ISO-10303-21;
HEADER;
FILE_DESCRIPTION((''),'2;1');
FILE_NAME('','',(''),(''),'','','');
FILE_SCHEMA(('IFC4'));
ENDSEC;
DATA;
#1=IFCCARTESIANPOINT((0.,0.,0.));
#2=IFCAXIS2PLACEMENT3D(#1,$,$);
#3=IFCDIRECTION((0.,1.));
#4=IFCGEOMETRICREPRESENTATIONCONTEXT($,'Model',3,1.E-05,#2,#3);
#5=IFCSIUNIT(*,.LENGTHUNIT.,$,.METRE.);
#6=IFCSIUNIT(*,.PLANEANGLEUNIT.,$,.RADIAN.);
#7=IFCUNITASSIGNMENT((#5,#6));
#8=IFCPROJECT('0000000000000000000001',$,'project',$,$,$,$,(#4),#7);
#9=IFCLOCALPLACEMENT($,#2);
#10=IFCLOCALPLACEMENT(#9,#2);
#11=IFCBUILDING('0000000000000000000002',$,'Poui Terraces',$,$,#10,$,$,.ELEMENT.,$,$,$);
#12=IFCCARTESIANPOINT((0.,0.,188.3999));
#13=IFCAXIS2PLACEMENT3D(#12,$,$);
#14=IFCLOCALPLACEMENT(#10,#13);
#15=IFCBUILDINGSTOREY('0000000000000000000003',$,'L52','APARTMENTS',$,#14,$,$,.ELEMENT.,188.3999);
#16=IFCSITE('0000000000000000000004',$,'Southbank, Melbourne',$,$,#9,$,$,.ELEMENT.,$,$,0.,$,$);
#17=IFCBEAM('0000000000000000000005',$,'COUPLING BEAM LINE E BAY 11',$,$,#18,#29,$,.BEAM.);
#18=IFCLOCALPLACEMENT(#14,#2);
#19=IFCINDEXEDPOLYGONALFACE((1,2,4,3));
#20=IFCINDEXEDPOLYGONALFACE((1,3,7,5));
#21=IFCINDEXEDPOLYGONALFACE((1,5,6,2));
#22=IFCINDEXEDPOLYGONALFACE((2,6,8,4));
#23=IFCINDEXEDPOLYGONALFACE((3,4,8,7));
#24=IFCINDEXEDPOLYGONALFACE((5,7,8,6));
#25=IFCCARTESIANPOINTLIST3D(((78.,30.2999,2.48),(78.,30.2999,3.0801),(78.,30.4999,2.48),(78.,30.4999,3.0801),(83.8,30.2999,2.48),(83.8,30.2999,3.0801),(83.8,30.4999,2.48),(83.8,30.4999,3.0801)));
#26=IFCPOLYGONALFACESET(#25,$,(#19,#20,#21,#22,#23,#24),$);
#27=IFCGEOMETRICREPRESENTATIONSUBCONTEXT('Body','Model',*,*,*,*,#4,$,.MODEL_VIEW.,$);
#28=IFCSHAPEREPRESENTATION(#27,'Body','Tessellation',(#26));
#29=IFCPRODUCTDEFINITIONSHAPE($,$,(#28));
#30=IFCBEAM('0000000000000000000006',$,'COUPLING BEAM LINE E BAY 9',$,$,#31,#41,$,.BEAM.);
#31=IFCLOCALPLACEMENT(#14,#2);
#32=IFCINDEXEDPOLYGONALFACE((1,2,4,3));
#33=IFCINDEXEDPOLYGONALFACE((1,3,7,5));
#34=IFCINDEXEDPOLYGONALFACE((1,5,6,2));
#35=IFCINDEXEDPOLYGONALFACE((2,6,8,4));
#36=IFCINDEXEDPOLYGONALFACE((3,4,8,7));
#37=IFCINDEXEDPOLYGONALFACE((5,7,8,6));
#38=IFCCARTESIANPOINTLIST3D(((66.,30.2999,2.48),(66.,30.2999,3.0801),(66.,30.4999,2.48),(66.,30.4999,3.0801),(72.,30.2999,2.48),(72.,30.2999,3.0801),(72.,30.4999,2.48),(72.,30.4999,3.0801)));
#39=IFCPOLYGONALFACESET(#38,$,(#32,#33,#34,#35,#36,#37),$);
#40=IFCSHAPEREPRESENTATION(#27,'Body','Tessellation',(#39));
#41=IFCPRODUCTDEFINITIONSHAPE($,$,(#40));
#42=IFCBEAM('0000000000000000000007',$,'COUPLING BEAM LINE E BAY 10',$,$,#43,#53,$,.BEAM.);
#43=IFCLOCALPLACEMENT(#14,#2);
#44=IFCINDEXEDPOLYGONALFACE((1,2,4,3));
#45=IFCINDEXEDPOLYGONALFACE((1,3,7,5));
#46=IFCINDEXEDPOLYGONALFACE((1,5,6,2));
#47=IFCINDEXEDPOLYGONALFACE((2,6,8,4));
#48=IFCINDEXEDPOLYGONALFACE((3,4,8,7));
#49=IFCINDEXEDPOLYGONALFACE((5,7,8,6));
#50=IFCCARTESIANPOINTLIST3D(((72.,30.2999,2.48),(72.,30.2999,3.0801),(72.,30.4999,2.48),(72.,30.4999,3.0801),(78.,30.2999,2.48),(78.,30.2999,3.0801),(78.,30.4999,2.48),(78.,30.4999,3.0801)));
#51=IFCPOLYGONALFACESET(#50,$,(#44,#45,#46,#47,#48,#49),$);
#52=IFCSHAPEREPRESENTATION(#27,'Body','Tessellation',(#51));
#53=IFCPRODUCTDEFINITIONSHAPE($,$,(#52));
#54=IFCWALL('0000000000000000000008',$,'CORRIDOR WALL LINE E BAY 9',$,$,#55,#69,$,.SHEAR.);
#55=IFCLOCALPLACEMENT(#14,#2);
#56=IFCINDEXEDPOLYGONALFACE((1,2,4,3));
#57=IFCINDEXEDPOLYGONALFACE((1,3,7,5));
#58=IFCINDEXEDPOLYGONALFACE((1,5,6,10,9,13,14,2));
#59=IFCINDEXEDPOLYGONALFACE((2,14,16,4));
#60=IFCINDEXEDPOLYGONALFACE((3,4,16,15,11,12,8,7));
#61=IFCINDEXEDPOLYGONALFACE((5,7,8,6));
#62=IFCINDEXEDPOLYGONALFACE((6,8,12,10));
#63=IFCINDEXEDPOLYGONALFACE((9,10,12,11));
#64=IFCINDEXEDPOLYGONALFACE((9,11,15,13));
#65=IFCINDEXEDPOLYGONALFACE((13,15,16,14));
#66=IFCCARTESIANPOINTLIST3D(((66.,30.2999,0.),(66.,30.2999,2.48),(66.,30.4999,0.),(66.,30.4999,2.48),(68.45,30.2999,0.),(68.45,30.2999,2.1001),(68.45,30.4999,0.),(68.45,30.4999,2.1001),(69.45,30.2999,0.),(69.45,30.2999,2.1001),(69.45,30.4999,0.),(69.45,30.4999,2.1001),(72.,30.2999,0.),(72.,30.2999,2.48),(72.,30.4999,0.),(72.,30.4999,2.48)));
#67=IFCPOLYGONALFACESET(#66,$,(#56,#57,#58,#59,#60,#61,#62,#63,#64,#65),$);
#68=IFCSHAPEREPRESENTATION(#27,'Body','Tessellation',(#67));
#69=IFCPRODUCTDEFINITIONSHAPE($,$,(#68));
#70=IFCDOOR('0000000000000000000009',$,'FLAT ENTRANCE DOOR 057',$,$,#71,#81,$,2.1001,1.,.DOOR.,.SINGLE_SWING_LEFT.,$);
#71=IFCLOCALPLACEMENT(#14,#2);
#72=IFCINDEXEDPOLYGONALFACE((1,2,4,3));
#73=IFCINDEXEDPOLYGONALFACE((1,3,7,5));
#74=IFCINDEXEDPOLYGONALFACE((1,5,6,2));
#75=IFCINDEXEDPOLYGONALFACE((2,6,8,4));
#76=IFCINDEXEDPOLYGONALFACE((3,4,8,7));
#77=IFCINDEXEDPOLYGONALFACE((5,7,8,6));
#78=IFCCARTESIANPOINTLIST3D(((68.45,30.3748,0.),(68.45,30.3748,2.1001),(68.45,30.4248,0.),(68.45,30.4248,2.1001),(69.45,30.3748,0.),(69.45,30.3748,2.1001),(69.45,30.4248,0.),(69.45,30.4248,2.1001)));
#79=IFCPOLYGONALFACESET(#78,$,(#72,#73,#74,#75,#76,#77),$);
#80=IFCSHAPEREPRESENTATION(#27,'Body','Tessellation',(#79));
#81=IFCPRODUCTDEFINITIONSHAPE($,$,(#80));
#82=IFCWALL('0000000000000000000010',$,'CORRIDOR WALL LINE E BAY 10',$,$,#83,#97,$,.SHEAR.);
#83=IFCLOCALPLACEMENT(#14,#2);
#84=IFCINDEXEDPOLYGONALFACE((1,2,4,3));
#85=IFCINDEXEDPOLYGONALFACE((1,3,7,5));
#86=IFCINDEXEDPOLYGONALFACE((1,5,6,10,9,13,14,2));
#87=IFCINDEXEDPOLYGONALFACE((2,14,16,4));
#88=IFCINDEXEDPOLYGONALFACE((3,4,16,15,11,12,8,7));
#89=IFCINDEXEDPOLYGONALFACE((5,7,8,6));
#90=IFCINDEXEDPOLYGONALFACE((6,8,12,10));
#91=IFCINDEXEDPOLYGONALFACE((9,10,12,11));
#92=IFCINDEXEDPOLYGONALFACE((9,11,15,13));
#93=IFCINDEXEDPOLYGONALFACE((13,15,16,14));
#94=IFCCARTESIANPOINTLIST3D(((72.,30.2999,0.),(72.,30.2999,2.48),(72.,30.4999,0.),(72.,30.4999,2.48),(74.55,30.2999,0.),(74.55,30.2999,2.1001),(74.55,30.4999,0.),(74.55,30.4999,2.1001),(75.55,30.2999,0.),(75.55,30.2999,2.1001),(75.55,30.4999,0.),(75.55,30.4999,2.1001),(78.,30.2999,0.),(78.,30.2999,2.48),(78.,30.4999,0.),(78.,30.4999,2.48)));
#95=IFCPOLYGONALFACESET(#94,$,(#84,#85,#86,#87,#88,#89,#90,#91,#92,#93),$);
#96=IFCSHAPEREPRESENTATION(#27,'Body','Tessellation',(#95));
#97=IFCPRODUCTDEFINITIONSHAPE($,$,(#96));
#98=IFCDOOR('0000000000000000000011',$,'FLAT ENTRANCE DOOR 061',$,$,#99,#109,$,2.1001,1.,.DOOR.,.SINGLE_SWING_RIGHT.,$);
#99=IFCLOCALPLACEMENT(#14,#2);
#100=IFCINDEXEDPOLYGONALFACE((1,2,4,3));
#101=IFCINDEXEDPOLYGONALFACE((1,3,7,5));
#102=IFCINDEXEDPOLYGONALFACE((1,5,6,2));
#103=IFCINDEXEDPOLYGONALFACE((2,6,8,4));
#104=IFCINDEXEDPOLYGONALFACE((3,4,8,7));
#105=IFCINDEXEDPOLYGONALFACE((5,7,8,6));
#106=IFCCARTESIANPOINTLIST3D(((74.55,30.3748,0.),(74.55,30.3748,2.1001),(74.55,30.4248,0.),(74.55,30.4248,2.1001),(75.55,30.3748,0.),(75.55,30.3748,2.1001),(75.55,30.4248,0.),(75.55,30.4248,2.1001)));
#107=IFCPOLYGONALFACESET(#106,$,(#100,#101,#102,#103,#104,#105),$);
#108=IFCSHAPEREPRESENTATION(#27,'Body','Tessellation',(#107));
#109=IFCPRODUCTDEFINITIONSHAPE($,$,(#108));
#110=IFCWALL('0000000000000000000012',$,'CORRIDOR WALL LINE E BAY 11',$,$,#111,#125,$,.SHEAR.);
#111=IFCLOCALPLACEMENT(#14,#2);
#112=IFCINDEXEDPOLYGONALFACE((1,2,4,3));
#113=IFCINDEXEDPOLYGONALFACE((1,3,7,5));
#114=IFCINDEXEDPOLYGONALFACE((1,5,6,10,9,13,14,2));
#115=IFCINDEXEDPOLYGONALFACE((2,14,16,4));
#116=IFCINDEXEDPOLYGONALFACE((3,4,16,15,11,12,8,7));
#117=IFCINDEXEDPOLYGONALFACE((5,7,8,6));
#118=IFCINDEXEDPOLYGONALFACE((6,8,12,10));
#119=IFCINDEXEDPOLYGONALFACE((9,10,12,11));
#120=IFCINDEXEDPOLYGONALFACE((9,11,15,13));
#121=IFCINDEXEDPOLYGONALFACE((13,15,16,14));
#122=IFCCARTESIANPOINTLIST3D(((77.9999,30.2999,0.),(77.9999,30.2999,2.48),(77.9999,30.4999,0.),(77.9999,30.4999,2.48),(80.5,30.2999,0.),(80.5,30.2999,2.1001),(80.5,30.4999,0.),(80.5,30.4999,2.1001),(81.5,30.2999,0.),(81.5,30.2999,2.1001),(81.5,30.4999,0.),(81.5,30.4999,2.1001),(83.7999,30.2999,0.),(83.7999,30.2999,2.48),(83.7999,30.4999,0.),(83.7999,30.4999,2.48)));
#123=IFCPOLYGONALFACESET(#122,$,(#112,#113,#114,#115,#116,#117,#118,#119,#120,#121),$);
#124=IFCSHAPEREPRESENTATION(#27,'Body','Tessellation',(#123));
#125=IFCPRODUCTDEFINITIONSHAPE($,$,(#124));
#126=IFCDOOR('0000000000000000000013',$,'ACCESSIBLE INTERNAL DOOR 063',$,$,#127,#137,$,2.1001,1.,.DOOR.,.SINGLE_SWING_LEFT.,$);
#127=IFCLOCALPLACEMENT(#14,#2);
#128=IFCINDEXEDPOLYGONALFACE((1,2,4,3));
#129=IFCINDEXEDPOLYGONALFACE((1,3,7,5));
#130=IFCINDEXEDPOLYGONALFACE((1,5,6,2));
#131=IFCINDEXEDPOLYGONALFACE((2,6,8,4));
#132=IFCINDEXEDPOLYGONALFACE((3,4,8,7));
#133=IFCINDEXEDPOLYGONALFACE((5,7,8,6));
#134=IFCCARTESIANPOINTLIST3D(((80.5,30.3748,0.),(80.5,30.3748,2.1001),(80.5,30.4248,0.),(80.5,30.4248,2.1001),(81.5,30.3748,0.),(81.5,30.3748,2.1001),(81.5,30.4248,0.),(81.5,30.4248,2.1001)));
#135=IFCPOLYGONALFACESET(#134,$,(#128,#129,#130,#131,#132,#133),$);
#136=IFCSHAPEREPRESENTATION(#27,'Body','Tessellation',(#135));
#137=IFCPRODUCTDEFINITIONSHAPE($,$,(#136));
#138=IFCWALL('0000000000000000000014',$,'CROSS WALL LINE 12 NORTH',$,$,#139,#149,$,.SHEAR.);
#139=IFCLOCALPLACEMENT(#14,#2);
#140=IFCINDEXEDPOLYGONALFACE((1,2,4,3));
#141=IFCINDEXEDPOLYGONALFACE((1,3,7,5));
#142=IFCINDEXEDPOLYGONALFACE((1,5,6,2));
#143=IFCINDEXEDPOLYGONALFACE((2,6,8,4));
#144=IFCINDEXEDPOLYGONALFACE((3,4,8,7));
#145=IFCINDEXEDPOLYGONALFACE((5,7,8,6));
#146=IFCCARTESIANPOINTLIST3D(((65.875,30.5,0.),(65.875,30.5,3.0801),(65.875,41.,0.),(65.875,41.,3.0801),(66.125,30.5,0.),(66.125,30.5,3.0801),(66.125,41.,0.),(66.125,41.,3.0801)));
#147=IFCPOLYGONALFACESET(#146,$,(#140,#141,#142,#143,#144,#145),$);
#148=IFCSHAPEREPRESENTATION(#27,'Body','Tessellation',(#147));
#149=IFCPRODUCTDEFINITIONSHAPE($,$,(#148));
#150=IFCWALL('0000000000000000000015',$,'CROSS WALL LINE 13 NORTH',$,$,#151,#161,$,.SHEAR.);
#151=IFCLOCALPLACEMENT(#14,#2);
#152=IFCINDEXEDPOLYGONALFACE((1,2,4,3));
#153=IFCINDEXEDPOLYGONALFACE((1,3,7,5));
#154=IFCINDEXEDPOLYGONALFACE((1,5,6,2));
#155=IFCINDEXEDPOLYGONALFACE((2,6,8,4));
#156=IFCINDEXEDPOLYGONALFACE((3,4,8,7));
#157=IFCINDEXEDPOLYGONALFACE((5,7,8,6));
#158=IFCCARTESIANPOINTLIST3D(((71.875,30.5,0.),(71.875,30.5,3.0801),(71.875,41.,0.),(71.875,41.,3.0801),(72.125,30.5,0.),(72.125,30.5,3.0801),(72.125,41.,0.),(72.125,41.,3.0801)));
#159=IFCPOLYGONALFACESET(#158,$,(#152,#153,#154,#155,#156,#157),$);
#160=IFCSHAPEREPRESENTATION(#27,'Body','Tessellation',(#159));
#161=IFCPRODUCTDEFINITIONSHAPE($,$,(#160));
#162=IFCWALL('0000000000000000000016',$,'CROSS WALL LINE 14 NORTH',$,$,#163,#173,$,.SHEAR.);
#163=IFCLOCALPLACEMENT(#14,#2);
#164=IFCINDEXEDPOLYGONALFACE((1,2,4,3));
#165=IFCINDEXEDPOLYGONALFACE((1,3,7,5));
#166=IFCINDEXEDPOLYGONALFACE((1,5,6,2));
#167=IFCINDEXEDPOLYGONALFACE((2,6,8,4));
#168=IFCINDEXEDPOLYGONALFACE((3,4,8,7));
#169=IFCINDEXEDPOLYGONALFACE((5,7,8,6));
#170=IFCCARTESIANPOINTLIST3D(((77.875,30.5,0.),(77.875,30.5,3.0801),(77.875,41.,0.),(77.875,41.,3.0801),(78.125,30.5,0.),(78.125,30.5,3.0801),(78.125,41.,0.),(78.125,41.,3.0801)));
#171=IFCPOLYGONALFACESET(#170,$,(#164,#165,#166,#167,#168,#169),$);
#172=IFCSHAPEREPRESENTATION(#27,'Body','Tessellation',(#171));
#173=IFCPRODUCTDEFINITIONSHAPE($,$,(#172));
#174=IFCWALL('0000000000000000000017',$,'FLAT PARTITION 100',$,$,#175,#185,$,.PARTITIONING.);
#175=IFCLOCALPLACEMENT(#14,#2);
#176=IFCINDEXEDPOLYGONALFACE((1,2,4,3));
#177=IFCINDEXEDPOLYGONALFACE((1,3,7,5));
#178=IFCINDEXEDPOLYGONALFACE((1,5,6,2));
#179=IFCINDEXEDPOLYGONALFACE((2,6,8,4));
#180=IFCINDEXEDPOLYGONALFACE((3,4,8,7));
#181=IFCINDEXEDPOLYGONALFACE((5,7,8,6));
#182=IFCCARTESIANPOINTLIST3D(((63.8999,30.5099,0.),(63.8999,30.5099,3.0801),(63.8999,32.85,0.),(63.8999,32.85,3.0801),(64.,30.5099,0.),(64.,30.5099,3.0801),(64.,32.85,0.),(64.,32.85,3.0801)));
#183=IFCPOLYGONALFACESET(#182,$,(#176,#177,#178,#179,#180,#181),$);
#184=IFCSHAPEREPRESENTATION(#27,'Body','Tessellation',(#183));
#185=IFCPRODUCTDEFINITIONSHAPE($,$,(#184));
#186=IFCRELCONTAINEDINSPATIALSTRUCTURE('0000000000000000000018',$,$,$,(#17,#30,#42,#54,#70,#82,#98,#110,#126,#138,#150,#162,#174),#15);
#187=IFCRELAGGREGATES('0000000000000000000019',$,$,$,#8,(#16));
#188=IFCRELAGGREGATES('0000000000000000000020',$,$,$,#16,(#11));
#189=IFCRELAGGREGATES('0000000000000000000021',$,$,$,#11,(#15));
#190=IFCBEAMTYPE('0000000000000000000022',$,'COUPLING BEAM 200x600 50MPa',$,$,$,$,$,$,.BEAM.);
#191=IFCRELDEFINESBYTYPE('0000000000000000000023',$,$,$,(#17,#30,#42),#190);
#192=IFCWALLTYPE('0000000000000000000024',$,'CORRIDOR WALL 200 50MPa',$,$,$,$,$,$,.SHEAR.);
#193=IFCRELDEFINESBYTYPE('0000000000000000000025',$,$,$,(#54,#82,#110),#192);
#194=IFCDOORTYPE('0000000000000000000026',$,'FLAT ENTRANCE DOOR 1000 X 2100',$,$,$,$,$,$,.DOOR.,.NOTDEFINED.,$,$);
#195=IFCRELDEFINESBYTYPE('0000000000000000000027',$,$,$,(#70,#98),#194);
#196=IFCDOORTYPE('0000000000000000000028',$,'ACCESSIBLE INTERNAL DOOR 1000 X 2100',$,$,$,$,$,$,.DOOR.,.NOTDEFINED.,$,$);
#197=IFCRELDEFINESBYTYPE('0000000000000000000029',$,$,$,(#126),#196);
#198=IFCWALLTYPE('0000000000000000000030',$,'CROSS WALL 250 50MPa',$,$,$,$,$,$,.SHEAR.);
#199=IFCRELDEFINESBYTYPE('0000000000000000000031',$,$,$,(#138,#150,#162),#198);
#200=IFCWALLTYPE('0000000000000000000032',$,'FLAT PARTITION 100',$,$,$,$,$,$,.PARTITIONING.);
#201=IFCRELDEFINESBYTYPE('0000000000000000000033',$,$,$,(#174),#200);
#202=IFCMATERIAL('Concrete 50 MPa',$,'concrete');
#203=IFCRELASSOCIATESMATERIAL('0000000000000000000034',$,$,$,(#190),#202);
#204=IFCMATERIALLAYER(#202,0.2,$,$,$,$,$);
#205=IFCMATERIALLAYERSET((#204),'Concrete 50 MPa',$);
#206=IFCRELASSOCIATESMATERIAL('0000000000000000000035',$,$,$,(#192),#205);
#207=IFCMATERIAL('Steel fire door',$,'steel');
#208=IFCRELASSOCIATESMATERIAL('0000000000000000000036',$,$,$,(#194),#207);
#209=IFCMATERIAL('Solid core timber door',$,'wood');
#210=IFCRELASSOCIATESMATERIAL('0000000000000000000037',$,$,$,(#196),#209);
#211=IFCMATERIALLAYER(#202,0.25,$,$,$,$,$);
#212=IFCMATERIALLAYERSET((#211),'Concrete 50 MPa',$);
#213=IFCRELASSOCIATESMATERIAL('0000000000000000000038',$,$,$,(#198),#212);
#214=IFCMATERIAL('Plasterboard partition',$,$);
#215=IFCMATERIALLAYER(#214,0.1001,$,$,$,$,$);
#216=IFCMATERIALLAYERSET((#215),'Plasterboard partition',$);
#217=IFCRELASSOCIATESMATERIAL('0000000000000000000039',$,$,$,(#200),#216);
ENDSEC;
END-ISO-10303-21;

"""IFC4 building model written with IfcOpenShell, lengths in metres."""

from ifc_helpers import new_model, si_unit, direction, frame, frame_2d, origin, origin_2d, place, context, subcontext, project, spatial, rectangle, extrude, source, transform, mapped, material, layer, layer_set, material_profile, profile_set, type_object, element, fill, save


model = new_model("IFC4")

# Units and contexts
model_context = context("Model", 3, precision=1e-05, world=origin(), true_north=direction((0.0, 1.0)))
body_context = subcontext(model_context, "Body", "Model", "MODEL_VIEW")
ifc_project = project(units=[si_unit("LENGTHUNIT", "METRE"), si_unit("PLANEANGLEUNIT", "RADIAN")], contexts=[model_context])

# Site, building, storey
site_placement = place(None, origin())
site = spatial("IfcSite", under=ifc_project, at=site_placement, Name="Southbank, Melbourne", CompositionType="ELEMENT", RefElevation=0.0)
building_placement = place(site_placement, origin())
building = spatial("IfcBuilding", under=site, at=building_placement, Name="Poui Terraces", CompositionType="ELEMENT")
storey_placement = place(building_placement, frame((0.0, 0.0, 188.3999)))
storey = spatial("IfcBuildingStorey", under=building, at=storey_placement, Name="L52", Description="APARTMENTS", CompositionType="ELEMENT", Elevation=188.3999)

# Beams
ifc_material_1 = material(Name="Concrete 50 MPa", Category="concrete")
ifc_material_profile = material_profile(ifc_material_1, rectangle(XDim=0.2, YDim=0.6001, at=origin_2d()), Name="RC 200x600")
ifc_profile_set = profile_set([ifc_material_profile], Name="Concrete 50 MPa")
beam_type = type_object("IfcBeamType", Name="COUPLING BEAM 200x600 50MPa", PredefinedType="BEAM", material=ifc_profile_set)
shared_shape_1 = source(origin(), body_context, "Body", "SweptSolid", [
    extrude(rectangle(XDim=0.2, YDim=0.6001, at=origin_2d()), origin(), (0.0, 0.0, 1.0), 5.8),
])
beam_placement = place(storey_placement, frame((78.0, 30.3999, 2.78), z_axis=(1.0, 0.0, 0.0), x_axis=(0.0, 1.0, 0.0)))
element("IfcBeam", 1, at=beam_placement, inside=storey, type_object=beam_type, Name="COUPLING BEAM LINE E BAY 11", PredefinedType="BEAM", context=body_context, shape_type="MappedRepresentation", body=[
    mapped(shared_shape_1, transform((0.0, 0.0, 0.0))),
])
shared_shape_2 = source(origin(), body_context, "Body", "SweptSolid", [
    extrude(rectangle(XDim=0.2, YDim=0.6001, at=origin_2d()), origin(), (0.0, 0.0, 1.0), 6.0),
])
for number, where, z_axis, x_axis, name in (
    (2, (66.0, 30.3999, 2.78), (1.0, 0.0, 0.0), (0.0, 1.0, 0.0), "COUPLING BEAM LINE E BAY 9"),
    (3, (72.0, 30.3999, 2.78), (1.0, 0.0, 0.0), (0.0, 1.0, 0.0), "COUPLING BEAM LINE E BAY 10"),
):
    element("IfcBeam", number, at=place(storey_placement, frame(where, z_axis=z_axis, x_axis=x_axis)), inside=storey, type_object=beam_type, Name=name, PredefinedType="BEAM", context=body_context, shape_type="MappedRepresentation", body=[
        mapped(shared_shape_2, transform((0.0, 0.0, 0.0))),
    ])

# Walls, openings, doors
ifc_layer_1 = layer(ifc_material_1, 0.2)
ifc_layer_set_1 = layer_set([ifc_layer_1], Name="Concrete 50 MPa")
wall_type_1 = type_object("IfcWallType", Name="CORRIDOR WALL 200 50MPa", PredefinedType="SHEAR", material=ifc_layer_set_1)
wall_1_placement = place(storey_placement, frame((66.0, 30.3999, 0.0), z_axis=(0.0, 0.0, 1.0), x_axis=(1.0, 0.0, 0.0)))
wall_1 = element("IfcWall", 4, at=wall_1_placement, inside=storey, type_object=wall_type_1, Name="CORRIDOR WALL LINE E BAY 9", PredefinedType="SHEAR", context=body_context, shape_type="SweptSolid", body=[
    extrude(rectangle(XDim=6.0, YDim=0.2, at=frame_2d((3.0, 0.0))), origin(), (0.0, 0.0, 1.0), 2.48),
])
opening_1_placement = place(wall_1_placement, frame((2.45, 0.0, 0.0)))
opening_1 = element("IfcOpeningElement", 5, at=opening_1_placement, cuts=wall_1, PredefinedType="OPENING", context=body_context, shape_type="SweptSolid", body=[
    extrude(rectangle(XDim=1.0, YDim=2.1001, at=frame_2d((0.5, 1.05))), frame((0.0, 0.1099, 0.0), z_axis=(0.0, -1.0, 0.0), x_axis=(1.0, 0.0, 0.0)), (0.0, 0.0, 1.0), 0.22),
])
ifc_material_2 = material(Name="Steel fire door", Category="steel")
door_type_1 = type_object("IfcDoorType", Name="FLAT ENTRANCE DOOR 1000 X 2100", OperationType="NOTDEFINED", PredefinedType="DOOR", material=ifc_material_2)
door_1_placement = place(opening_1_placement, origin())
door_1 = element("IfcDoor", 6, at=door_1_placement, inside=storey, type_object=door_type_1, Name="FLAT ENTRANCE DOOR 057", OperationType="SINGLE_SWING_LEFT", OverallHeight=2.1001, OverallWidth=1.0, PredefinedType="DOOR", context=body_context, shape_type="SweptSolid", body=[
    extrude(rectangle(XDim=1.0, YDim=2.1001, at=frame_2d((0.5, 1.05))), frame((0.0, 0.0249, 0.0), z_axis=(0.0, -1.0, 0.0), x_axis=(1.0, 0.0, 0.0)), (0.0, 0.0, 1.0), 0.05),
])
fill(opening_1, door_1)
wall_2_placement = place(storey_placement, frame((72.0, 30.3999, 0.0), z_axis=(0.0, 0.0, 1.0), x_axis=(1.0, 0.0, 0.0)))
wall_2 = element("IfcWall", 7, at=wall_2_placement, inside=storey, type_object=wall_type_1, Name="CORRIDOR WALL LINE E BAY 10", PredefinedType="SHEAR", context=body_context, shape_type="SweptSolid", body=[
    extrude(rectangle(XDim=6.0, YDim=0.2, at=frame_2d((3.0, 0.0))), origin(), (0.0, 0.0, 1.0), 2.48),
])
opening_2_placement = place(wall_2_placement, frame((2.55, 0.0, 0.0)))
opening_2 = element("IfcOpeningElement", 8, at=opening_2_placement, cuts=wall_2, PredefinedType="OPENING", context=body_context, shape_type="SweptSolid", body=[
    extrude(rectangle(XDim=1.0, YDim=2.1001, at=frame_2d((0.5, 1.05))), frame((0.0, 0.1099, 0.0), z_axis=(0.0, -1.0, 0.0), x_axis=(1.0, 0.0, 0.0)), (0.0, 0.0, 1.0), 0.22),
])
door_2_placement = place(opening_2_placement, origin())
door_2 = element("IfcDoor", 9, at=door_2_placement, inside=storey, type_object=door_type_1, Name="FLAT ENTRANCE DOOR 061", OperationType="SINGLE_SWING_RIGHT", OverallHeight=2.1001, OverallWidth=1.0, PredefinedType="DOOR", context=body_context, shape_type="SweptSolid", body=[
    extrude(rectangle(XDim=1.0, YDim=2.1001, at=frame_2d((0.5, 1.05))), frame((0.0, 0.0249, 0.0), z_axis=(0.0, -1.0, 0.0), x_axis=(1.0, 0.0, 0.0)), (0.0, 0.0, 1.0), 0.05),
])
fill(opening_2, door_2)
wall_3_placement = place(storey_placement, frame((78.0, 30.3999, 0.0), z_axis=(0.0, 0.0, 1.0), x_axis=(1.0, 0.0, 0.0)))
wall_3 = element("IfcWall", 10, at=wall_3_placement, inside=storey, type_object=wall_type_1, Name="CORRIDOR WALL LINE E BAY 11", PredefinedType="SHEAR", context=body_context, shape_type="SweptSolid", body=[
    extrude(rectangle(XDim=5.8, YDim=0.2, at=frame_2d((2.8999, 0.0))), origin(), (0.0, 0.0, 1.0), 2.48),
])
opening_3_placement = place(wall_3_placement, frame((2.5, 0.0, 0.0)))
opening_3 = element("IfcOpeningElement", 11, at=opening_3_placement, cuts=wall_3, PredefinedType="OPENING", context=body_context, shape_type="SweptSolid", body=[
    extrude(rectangle(XDim=1.0, YDim=2.1001, at=frame_2d((0.5, 1.05))), frame((0.0, 0.1099, 0.0), z_axis=(0.0, -1.0, 0.0), x_axis=(1.0, 0.0, 0.0)), (0.0, 0.0, 1.0), 0.22),
])
ifc_material_3 = material(Name="Solid core timber door", Category="wood")
door_type_2 = type_object("IfcDoorType", Name="ACCESSIBLE INTERNAL DOOR 1000 X 2100", OperationType="NOTDEFINED", PredefinedType="DOOR", material=ifc_material_3)
door_3_placement = place(opening_3_placement, origin())
door_3 = element("IfcDoor", 12, at=door_3_placement, inside=storey, type_object=door_type_2, Name="ACCESSIBLE INTERNAL DOOR 063", OperationType="SINGLE_SWING_LEFT", OverallHeight=2.1001, OverallWidth=1.0, PredefinedType="DOOR", context=body_context, shape_type="SweptSolid", body=[
    extrude(rectangle(XDim=1.0, YDim=2.1001, at=frame_2d((0.5, 1.05))), frame((0.0, 0.0249, 0.0), z_axis=(0.0, -1.0, 0.0), x_axis=(1.0, 0.0, 0.0)), (0.0, 0.0, 1.0), 0.05),
])
fill(opening_3, door_3)

# Walls
ifc_layer_2 = layer(ifc_material_1, 0.25)
ifc_layer_set_2 = layer_set([ifc_layer_2], Name="Concrete 50 MPa")
wall_type_2 = type_object("IfcWallType", Name="CROSS WALL 250 50MPa", PredefinedType="SHEAR", material=ifc_layer_set_2)
for number, where, z_axis, x_axis, name in (
    (13, (66.0, 30.5, 0.0), (0.0, 0.0, 1.0), (0.0, 1.0, 0.0), "CROSS WALL LINE 12 NORTH"),
    (14, (72.0, 30.5, 0.0), (0.0, 0.0, 1.0), (0.0, 1.0, 0.0), "CROSS WALL LINE 13 NORTH"),
    (15, (78.0, 30.5, 0.0), (0.0, 0.0, 1.0), (0.0, 1.0, 0.0), "CROSS WALL LINE 14 NORTH"),
):
    element("IfcWall", number, at=place(storey_placement, frame(where, z_axis=z_axis, x_axis=x_axis)), inside=storey, type_object=wall_type_2, Name=name, PredefinedType="SHEAR", context=body_context, shape_type="SweptSolid", body=[
        extrude(rectangle(XDim=10.5, YDim=0.25, at=frame_2d((5.25, 0.0))), origin(), (0.0, 0.0, 1.0), 3.0801),
    ])
ifc_material_4 = material(Name="Plasterboard partition")
ifc_layer_3 = layer(ifc_material_4, 0.1001)
ifc_layer_set_3 = layer_set([ifc_layer_3], Name="Plasterboard partition")
wall_type_3 = type_object("IfcWallType", Name="FLAT PARTITION 100", PredefinedType="PARTITIONING", material=ifc_layer_set_3)
wall_4_placement = place(storey_placement, frame((63.95, 30.51, 0.0), z_axis=(0.0, 0.0, 1.0), x_axis=(0.0, 1.0, 0.0)))
element("IfcWall", 16, at=wall_4_placement, inside=storey, type_object=wall_type_3, Name="FLAT PARTITION 100", PredefinedType="PARTITIONING", context=body_context, shape_type="SweptSolid", body=[
    extrude(rectangle(XDim=2.3401, YDim=0.1001, at=frame_2d((1.1699, 0.0))), origin(), (0.0, 0.0, 1.0), 3.0801),
])

save(model, "model.ifc")
